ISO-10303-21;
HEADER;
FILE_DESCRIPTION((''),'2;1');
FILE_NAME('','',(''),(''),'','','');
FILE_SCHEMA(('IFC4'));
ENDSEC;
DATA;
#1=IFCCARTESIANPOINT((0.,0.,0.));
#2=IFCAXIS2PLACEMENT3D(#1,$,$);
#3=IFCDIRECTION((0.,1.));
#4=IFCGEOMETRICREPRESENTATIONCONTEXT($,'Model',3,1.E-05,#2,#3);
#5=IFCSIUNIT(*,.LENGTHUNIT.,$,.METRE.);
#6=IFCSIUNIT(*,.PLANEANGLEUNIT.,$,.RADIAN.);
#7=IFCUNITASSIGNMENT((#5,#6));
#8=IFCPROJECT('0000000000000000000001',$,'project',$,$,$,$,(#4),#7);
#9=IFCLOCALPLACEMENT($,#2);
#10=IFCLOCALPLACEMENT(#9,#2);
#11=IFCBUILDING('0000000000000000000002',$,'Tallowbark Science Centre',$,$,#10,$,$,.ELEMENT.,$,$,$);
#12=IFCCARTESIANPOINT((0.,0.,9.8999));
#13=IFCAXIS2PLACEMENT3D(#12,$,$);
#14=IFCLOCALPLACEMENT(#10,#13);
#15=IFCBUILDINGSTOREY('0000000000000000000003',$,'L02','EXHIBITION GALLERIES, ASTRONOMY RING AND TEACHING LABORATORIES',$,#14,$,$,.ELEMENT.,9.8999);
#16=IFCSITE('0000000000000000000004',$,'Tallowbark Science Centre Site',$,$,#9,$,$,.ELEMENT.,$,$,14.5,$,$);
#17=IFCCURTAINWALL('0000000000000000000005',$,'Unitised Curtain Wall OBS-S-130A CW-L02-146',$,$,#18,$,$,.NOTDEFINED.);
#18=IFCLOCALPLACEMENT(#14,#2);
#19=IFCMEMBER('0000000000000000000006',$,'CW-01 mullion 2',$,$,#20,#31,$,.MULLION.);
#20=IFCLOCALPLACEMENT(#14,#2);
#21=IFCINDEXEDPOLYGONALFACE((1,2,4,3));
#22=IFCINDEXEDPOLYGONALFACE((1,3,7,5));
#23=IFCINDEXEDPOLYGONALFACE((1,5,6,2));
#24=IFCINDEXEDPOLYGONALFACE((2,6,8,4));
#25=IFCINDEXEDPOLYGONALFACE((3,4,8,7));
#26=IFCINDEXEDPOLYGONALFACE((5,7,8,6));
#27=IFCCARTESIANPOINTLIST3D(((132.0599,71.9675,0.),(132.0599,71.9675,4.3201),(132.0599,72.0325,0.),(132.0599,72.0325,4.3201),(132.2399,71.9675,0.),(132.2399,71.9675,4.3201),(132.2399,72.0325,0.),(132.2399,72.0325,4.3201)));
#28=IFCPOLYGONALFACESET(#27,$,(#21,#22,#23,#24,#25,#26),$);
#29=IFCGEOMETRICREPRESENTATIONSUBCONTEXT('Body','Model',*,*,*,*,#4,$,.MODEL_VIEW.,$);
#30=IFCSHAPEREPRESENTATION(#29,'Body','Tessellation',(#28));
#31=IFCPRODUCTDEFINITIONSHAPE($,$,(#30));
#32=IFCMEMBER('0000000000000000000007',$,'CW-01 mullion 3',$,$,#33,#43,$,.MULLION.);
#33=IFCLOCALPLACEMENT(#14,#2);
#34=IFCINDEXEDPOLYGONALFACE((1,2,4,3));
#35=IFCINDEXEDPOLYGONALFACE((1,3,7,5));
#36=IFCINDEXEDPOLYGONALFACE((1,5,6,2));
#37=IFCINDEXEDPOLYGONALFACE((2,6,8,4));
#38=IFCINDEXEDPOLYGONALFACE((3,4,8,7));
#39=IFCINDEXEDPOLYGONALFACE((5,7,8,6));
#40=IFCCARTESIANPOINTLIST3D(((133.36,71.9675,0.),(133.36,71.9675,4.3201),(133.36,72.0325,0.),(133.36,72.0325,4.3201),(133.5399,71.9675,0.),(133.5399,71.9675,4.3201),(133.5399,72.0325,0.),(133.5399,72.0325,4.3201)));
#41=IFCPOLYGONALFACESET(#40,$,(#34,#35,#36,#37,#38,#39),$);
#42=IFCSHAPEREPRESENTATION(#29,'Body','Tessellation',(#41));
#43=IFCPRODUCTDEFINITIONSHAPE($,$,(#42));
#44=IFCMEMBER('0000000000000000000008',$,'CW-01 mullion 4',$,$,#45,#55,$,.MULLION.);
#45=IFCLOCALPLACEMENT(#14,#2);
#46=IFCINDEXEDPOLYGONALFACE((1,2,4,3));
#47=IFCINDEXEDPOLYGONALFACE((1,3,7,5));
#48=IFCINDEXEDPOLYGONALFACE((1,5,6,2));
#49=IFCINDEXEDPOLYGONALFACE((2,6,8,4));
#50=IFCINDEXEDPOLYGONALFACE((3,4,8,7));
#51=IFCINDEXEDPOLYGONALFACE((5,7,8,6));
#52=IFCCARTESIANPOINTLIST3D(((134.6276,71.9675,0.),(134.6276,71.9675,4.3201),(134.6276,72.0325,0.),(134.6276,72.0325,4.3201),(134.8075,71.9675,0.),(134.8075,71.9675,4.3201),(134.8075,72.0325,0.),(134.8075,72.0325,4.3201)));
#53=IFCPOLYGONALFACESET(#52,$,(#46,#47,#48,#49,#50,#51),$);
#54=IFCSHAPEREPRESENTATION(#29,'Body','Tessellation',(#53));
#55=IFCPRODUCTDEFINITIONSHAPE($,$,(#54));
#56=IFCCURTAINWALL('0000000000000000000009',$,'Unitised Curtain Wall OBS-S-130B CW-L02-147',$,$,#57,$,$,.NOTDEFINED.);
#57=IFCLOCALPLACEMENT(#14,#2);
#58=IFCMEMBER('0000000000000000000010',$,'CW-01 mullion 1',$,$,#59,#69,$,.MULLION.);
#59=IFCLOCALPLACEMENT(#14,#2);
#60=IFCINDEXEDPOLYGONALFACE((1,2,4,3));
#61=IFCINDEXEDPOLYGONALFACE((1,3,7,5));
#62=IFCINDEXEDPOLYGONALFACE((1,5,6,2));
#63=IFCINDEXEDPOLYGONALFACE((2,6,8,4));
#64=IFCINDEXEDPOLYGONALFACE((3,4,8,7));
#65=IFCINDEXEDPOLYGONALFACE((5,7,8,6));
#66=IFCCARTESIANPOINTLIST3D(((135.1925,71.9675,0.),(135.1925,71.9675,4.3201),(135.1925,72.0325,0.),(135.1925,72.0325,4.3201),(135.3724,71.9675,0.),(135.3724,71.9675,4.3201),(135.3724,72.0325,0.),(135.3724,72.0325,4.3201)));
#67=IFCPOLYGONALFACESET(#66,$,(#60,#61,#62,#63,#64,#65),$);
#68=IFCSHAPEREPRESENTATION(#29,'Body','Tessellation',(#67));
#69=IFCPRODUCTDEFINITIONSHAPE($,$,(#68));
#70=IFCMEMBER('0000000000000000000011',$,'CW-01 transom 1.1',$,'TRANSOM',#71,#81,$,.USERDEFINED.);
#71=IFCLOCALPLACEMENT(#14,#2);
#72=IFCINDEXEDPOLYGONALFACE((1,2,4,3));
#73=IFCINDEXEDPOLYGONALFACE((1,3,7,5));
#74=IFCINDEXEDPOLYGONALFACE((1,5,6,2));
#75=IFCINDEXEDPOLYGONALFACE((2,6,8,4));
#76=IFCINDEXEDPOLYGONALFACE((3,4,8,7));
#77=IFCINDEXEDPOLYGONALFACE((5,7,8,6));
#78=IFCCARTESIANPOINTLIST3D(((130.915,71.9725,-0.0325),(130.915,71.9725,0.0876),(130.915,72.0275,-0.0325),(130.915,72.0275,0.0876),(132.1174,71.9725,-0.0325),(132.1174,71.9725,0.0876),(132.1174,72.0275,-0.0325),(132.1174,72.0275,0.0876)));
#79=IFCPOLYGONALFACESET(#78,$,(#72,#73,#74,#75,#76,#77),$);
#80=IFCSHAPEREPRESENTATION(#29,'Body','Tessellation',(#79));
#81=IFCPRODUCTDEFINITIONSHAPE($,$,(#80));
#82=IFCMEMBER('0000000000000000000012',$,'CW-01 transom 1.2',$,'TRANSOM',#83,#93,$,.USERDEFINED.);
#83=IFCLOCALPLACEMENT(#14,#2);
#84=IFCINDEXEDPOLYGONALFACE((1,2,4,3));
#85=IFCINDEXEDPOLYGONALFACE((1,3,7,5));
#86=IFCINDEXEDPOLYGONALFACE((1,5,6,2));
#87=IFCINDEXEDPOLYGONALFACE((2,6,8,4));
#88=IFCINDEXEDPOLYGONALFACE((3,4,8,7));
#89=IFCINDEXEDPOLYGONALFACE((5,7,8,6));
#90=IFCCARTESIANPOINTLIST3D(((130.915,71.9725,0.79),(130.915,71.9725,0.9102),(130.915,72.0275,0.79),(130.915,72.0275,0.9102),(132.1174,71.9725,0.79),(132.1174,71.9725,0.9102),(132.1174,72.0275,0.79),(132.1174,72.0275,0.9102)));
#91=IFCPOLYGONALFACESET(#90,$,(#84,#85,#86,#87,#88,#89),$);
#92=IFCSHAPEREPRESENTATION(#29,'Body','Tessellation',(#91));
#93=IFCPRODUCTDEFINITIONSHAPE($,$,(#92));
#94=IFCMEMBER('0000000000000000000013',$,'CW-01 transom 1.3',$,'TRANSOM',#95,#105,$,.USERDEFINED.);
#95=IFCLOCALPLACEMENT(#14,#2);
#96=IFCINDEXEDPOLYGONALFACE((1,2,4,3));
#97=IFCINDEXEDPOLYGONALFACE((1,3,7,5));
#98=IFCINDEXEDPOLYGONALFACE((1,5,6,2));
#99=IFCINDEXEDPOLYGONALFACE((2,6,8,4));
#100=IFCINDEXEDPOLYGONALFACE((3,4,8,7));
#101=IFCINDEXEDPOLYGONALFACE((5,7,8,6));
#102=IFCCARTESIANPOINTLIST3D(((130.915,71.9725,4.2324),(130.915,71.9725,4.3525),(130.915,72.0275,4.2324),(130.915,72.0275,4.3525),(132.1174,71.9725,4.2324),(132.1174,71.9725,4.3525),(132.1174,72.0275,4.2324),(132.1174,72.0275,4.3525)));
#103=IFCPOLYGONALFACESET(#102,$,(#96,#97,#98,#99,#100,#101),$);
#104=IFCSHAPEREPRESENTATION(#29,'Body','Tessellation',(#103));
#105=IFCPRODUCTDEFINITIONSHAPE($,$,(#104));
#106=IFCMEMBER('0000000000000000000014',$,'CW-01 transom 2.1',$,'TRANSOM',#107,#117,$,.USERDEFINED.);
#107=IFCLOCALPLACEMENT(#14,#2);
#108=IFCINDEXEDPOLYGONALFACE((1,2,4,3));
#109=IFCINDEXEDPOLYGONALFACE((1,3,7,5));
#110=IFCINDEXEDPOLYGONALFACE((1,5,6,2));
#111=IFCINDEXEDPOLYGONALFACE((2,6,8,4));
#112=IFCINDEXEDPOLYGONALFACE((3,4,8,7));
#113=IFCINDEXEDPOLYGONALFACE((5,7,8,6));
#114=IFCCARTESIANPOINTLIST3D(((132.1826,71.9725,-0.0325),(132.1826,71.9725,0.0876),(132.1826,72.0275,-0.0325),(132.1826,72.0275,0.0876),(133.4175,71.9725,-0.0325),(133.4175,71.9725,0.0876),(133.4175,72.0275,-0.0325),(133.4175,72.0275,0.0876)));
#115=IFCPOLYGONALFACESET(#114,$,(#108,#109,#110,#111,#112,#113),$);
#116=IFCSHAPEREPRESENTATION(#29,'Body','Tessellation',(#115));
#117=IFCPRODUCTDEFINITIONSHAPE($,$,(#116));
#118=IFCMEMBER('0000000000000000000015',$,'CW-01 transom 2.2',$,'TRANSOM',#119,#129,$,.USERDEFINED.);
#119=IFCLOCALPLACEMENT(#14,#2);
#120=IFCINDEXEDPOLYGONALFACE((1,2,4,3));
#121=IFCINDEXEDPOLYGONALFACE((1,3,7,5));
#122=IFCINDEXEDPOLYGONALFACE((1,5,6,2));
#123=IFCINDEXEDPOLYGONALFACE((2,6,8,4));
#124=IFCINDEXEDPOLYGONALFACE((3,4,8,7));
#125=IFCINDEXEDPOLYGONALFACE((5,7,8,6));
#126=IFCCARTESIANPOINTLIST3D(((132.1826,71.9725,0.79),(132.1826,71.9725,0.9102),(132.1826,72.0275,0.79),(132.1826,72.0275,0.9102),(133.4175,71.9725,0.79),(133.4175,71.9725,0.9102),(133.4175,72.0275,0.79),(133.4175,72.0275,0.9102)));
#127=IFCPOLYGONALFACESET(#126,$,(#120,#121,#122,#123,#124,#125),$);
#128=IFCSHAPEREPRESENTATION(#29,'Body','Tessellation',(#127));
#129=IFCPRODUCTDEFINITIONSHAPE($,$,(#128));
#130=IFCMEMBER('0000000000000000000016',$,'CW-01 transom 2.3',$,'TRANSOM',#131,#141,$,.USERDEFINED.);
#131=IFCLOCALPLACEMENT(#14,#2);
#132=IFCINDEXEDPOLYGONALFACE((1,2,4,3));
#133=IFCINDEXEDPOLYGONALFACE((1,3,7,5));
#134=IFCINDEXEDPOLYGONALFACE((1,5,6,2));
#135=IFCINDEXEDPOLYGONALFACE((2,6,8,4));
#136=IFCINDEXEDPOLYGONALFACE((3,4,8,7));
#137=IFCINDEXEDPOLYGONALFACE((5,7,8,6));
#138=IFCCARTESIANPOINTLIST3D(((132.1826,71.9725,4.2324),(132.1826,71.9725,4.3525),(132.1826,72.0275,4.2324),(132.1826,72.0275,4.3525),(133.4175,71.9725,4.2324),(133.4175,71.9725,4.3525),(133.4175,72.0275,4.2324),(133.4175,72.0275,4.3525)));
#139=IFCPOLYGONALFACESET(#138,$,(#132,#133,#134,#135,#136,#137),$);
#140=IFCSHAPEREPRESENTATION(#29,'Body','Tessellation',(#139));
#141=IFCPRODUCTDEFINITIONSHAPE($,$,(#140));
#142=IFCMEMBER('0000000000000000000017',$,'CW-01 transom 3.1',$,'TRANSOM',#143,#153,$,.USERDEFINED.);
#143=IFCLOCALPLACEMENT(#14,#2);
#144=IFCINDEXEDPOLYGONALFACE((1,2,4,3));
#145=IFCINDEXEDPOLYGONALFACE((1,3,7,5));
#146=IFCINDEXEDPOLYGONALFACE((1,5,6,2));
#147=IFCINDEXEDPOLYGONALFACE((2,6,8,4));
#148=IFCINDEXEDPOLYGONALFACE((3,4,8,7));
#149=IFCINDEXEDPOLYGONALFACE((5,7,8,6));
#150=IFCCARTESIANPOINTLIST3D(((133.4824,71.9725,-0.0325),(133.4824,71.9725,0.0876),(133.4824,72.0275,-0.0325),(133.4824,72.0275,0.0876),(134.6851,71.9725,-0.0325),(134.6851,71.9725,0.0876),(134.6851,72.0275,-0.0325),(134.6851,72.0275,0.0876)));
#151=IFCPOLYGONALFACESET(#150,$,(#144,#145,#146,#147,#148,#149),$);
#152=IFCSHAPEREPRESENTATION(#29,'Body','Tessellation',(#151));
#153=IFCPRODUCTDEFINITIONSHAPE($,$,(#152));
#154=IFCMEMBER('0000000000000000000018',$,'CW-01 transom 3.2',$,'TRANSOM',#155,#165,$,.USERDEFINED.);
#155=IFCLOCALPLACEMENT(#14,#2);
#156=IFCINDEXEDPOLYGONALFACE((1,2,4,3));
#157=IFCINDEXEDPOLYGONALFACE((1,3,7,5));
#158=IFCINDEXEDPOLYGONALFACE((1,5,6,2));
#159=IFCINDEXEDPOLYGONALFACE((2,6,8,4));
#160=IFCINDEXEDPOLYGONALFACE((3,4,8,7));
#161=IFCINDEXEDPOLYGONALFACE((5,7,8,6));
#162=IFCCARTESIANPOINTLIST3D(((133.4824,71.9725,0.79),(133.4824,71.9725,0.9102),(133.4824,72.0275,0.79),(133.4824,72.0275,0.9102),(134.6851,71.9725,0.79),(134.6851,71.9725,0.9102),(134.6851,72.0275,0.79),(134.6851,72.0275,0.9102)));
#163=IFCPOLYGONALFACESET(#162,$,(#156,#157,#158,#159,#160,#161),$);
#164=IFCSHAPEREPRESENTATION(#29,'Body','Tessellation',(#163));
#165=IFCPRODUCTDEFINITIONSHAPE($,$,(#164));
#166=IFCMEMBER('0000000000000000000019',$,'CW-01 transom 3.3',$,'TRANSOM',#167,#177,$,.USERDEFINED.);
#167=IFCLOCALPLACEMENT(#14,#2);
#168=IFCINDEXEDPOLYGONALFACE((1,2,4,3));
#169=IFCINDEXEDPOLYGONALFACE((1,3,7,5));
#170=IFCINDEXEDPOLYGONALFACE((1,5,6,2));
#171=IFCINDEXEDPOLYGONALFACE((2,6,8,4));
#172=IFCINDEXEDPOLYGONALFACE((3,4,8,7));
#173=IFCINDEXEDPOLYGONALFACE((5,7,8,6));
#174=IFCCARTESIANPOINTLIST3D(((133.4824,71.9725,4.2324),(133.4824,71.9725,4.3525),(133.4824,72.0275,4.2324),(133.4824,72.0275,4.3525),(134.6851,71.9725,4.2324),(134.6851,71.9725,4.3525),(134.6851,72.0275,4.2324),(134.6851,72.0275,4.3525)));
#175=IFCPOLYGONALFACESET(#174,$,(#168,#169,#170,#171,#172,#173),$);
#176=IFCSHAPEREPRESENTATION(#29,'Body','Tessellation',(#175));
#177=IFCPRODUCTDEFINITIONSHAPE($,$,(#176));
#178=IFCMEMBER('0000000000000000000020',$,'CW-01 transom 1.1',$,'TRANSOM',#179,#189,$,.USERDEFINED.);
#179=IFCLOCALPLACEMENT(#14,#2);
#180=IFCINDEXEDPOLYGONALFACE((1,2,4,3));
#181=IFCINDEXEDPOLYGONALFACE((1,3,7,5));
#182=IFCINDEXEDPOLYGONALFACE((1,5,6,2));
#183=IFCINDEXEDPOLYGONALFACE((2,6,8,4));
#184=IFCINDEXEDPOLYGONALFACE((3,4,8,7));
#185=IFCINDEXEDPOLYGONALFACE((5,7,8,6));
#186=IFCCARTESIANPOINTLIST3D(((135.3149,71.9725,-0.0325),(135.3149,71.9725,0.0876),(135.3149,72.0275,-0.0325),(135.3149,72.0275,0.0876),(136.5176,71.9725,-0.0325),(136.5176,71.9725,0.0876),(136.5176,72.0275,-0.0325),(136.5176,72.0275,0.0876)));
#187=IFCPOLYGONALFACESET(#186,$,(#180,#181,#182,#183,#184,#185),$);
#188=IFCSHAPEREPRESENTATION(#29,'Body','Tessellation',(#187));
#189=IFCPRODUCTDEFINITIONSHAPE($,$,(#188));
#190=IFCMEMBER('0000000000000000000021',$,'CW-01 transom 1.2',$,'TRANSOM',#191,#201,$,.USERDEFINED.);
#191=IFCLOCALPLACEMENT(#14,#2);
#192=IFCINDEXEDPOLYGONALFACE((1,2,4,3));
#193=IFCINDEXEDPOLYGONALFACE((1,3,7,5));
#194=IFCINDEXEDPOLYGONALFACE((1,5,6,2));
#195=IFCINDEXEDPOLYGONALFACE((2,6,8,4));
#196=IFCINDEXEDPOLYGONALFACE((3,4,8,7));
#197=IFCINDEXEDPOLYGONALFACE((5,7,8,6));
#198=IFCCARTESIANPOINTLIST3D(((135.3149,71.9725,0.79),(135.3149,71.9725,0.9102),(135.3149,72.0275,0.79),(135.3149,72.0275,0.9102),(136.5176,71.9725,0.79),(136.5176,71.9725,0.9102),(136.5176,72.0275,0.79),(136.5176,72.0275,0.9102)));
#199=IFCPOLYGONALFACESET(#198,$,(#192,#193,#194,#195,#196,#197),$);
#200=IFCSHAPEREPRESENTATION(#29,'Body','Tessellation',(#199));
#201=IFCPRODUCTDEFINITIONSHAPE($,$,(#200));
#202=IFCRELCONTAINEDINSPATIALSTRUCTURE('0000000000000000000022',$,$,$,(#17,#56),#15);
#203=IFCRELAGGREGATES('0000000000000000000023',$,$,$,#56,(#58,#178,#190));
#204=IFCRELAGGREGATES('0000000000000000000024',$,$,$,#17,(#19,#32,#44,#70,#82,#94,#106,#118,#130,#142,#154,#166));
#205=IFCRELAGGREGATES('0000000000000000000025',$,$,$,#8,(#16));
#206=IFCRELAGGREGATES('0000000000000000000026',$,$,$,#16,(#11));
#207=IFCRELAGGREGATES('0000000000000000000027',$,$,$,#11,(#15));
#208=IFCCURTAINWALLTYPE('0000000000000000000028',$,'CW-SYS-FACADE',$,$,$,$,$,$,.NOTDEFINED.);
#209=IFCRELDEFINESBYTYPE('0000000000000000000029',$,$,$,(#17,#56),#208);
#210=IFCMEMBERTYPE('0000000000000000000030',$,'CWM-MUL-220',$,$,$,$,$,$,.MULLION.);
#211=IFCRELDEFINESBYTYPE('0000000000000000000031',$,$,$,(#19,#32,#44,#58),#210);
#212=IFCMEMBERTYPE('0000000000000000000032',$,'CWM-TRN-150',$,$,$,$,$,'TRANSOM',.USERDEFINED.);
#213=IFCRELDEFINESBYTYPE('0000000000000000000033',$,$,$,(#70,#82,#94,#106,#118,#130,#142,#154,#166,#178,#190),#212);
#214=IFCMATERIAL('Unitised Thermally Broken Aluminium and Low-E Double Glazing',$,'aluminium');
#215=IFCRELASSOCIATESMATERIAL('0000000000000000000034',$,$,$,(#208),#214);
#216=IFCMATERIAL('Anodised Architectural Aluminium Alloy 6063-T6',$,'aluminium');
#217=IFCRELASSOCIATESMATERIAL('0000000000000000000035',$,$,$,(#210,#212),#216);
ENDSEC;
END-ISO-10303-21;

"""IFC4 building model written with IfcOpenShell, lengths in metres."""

from ifc_helpers import new_model, si_unit, direction, frame, origin, origin_2d, place, context, subcontext, project, spatial, rectangle, extrude, material, material_profile, profile_set, type_object, element, aggregate, save


model = new_model("IFC4")

# Units and contexts
model_context = context("Model", 3, precision=1e-05, world=origin(), true_north=direction((0.0, 1.0)))
body_context = subcontext(model_context, "Body", "Model", "MODEL_VIEW")
ifc_project = project(units=[si_unit("LENGTHUNIT", "METRE"), si_unit("PLANEANGLEUNIT", "RADIAN")], contexts=[model_context])

# Site, building, storey
site_placement = place(None, origin())
site = spatial("IfcSite", under=ifc_project, at=site_placement, Name="Tallowbark Science Centre Site", CompositionType="ELEMENT", RefElevation=14.5)
building_placement = place(site_placement, origin())
building = spatial("IfcBuilding", under=site, at=building_placement, Name="Tallowbark Science Centre", CompositionType="ELEMENT")
storey_placement = place(building_placement, frame((0.0, 0.0, 9.8999)))
storey = spatial("IfcBuildingStorey", under=building, at=storey_placement, Name="L02", Description="EXHIBITION GALLERIES, ASTRONOMY RING AND TEACHING LABORATORIES", CompositionType="ELEMENT", Elevation=9.8999)

# Curtain wall, members
ifc_material_1 = material(Name="Unitised Thermally Broken Aluminium and Low-E Double Glazing", Category="aluminium")
curtain_wall_type = type_object("IfcCurtainWallType", Name="CW-SYS-FACADE", PredefinedType="NOTDEFINED", material=ifc_material_1)
curtain_wall_1_placement = place(storey_placement, origin())
curtain_wall_1 = element("IfcCurtainWall", 1, at=curtain_wall_1_placement, inside=storey, type_object=curtain_wall_type, Name="Unitised Curtain Wall OBS-S-130A CW-L02-146", PredefinedType="NOTDEFINED")
ifc_material_2 = material(Name="Anodised Architectural Aluminium Alloy 6063-T6", Category="aluminium")
ifc_material_profile_1 = material_profile(ifc_material_2, rectangle(XDim=0.0649, YDim=0.1799, at=origin_2d()), Name="ALU65x180")
ifc_profile_set_1 = profile_set([ifc_material_profile_1], Name="Anodised Architectural Aluminium Alloy 6063-T6")
member_type_1 = type_object("IfcMemberType", Name="CWM-MUL-220", PredefinedType="MULLION", material=ifc_profile_set_1)
member_1_placement = place(storey_placement, frame((132.1499, 72.0, 0.0), z_axis=(0.0, 0.0, 1.0), x_axis=(0.0, 1.0, 0.0)))
member_1 = element("IfcMember", 2, at=member_1_placement, type_object=member_type_1, Name="CW-01 mullion 2", PredefinedType="MULLION", context=body_context, shape_type="SweptSolid", body=[
    extrude(rectangle(XDim=0.0649, YDim=0.1799, at=origin_2d()), origin(), (0.0, 0.0, 1.0), 4.3201),
])
member_2_placement = place(storey_placement, frame((133.45, 72.0, 0.0), z_axis=(0.0, 0.0, 1.0), x_axis=(0.0, 1.0, 0.0)))
member_2 = element("IfcMember", 3, at=member_2_placement, type_object=member_type_1, Name="CW-01 mullion 3", PredefinedType="MULLION", context=body_context, shape_type="SweptSolid", body=[
    extrude(rectangle(XDim=0.0649, YDim=0.1799, at=origin_2d()), origin(), (0.0, 0.0, 1.0), 4.3201),
])
member_3_placement = place(storey_placement, frame((134.7175, 72.0, 0.0), z_axis=(0.0, 0.0, 1.0), x_axis=(0.0, 1.0, 0.0)))
member_3 = element("IfcMember", 4, at=member_3_placement, type_object=member_type_1, Name="CW-01 mullion 4", PredefinedType="MULLION", context=body_context, shape_type="SweptSolid", body=[
    extrude(rectangle(XDim=0.0649, YDim=0.1799, at=origin_2d()), origin(), (0.0, 0.0, 1.0), 4.3201),
])

# Curtain wall, member
curtain_wall_2_placement = place(storey_placement, origin())
curtain_wall_2 = element("IfcCurtainWall", 5, at=curtain_wall_2_placement, inside=storey, type_object=curtain_wall_type, Name="Unitised Curtain Wall OBS-S-130B CW-L02-147", PredefinedType="NOTDEFINED")
member_4_placement = place(storey_placement, frame((135.2825, 72.0, 0.0), z_axis=(0.0, 0.0, 1.0), x_axis=(0.0, 1.0, 0.0)))
member_4 = element("IfcMember", 6, at=member_4_placement, type_object=member_type_1, Name="CW-01 mullion 1", PredefinedType="MULLION", context=body_context, shape_type="SweptSolid", body=[
    extrude(rectangle(XDim=0.0649, YDim=0.1799, at=origin_2d()), origin(), (0.0, 0.0, 1.0), 4.3201),
])

# Members
ifc_material_profile_2 = material_profile(ifc_material_2, rectangle(XDim=0.0549, YDim=0.1201, at=origin_2d()), Name="ALU55x120")
ifc_profile_set_2 = profile_set([ifc_material_profile_2], Name="Anodised Architectural Aluminium Alloy 6063-T6")
member_type_2 = type_object("IfcMemberType", Name="CWM-TRN-150", ElementType="TRANSOM", PredefinedType="USERDEFINED", material=ifc_profile_set_2)
member_5_placement = place(storey_placement, frame((130.915, 72.0, 0.0276), z_axis=(1.0, 0.0, 0.0), x_axis=(0.0, 1.0, 0.0)))
member_5 = element("IfcMember", 7, at=member_5_placement, type_object=member_type_2, Name="CW-01 transom 1.1", ObjectType="TRANSOM", PredefinedType="USERDEFINED", context=body_context, shape_type="SweptSolid", body=[
    extrude(rectangle(XDim=0.0549, YDim=0.1201, at=origin_2d()), origin(), (0.0, 0.0, 1.0), 1.2024),
])
member_6_placement = place(storey_placement, frame((130.915, 72.0, 0.8501), z_axis=(1.0, 0.0, 0.0), x_axis=(0.0, 1.0, 0.0)))
member_6 = element("IfcMember", 8, at=member_6_placement, type_object=member_type_2, Name="CW-01 transom 1.2", ObjectType="TRANSOM", PredefinedType="USERDEFINED", context=body_context, shape_type="SweptSolid", body=[
    extrude(rectangle(XDim=0.0549, YDim=0.1201, at=origin_2d()), origin(), (0.0, 0.0, 1.0), 1.2024),
])
member_7_placement = place(storey_placement, frame((130.915, 72.0, 4.2925), z_axis=(1.0, 0.0, 0.0), x_axis=(0.0, 1.0, 0.0)))
member_7 = element("IfcMember", 9, at=member_7_placement, type_object=member_type_2, Name="CW-01 transom 1.3", ObjectType="TRANSOM", PredefinedType="USERDEFINED", context=body_context, shape_type="SweptSolid", body=[
    extrude(rectangle(XDim=0.0549, YDim=0.1201, at=origin_2d()), origin(), (0.0, 0.0, 1.0), 1.2024),
])
member_8_placement = place(storey_placement, frame((132.1826, 72.0, 0.0276), z_axis=(1.0, 0.0, 0.0), x_axis=(0.0, 1.0, 0.0)))
member_8 = element("IfcMember", 10, at=member_8_placement, type_object=member_type_2, Name="CW-01 transom 2.1", ObjectType="TRANSOM", PredefinedType="USERDEFINED", context=body_context, shape_type="SweptSolid", body=[
    extrude(rectangle(XDim=0.0549, YDim=0.1201, at=origin_2d()), origin(), (0.0, 0.0, 1.0), 1.2349),
])
member_9_placement = place(storey_placement, frame((132.1826, 72.0, 0.8501), z_axis=(1.0, 0.0, 0.0), x_axis=(0.0, 1.0, 0.0)))
member_9 = element("IfcMember", 11, at=member_9_placement, type_object=member_type_2, Name="CW-01 transom 2.2", ObjectType="TRANSOM", PredefinedType="USERDEFINED", context=body_context, shape_type="SweptSolid", body=[
    extrude(rectangle(XDim=0.0549, YDim=0.1201, at=origin_2d()), origin(), (0.0, 0.0, 1.0), 1.2349),
])
member_10_placement = place(storey_placement, frame((132.1826, 72.0, 4.2925), z_axis=(1.0, 0.0, 0.0), x_axis=(0.0, 1.0, 0.0)))
member_10 = element("IfcMember", 12, at=member_10_placement, type_object=member_type_2, Name="CW-01 transom 2.3", ObjectType="TRANSOM", PredefinedType="USERDEFINED", context=body_context, shape_type="SweptSolid", body=[
    extrude(rectangle(XDim=0.0549, YDim=0.1201, at=origin_2d()), origin(), (0.0, 0.0, 1.0), 1.2349),
])
member_11_placement = place(storey_placement, frame((133.4824, 72.0, 0.0276), z_axis=(1.0, 0.0, 0.0), x_axis=(0.0, 1.0, 0.0)))
member_11 = element("IfcMember", 13, at=member_11_placement, type_object=member_type_2, Name="CW-01 transom 3.1", ObjectType="TRANSOM", PredefinedType="USERDEFINED", context=body_context, shape_type="SweptSolid", body=[
    extrude(rectangle(XDim=0.0549, YDim=0.1201, at=origin_2d()), origin(), (0.0, 0.0, 1.0), 1.2026),
])
member_12_placement = place(storey_placement, frame((133.4824, 72.0, 0.8501), z_axis=(1.0, 0.0, 0.0), x_axis=(0.0, 1.0, 0.0)))
member_12 = element("IfcMember", 14, at=member_12_placement, type_object=member_type_2, Name="CW-01 transom 3.2", ObjectType="TRANSOM", PredefinedType="USERDEFINED", context=body_context, shape_type="SweptSolid", body=[
    extrude(rectangle(XDim=0.0549, YDim=0.1201, at=origin_2d()), origin(), (0.0, 0.0, 1.0), 1.2026),
])
member_13_placement = place(storey_placement, frame((133.4824, 72.0, 4.2925), z_axis=(1.0, 0.0, 0.0), x_axis=(0.0, 1.0, 0.0)))
member_13 = element("IfcMember", 15, at=member_13_placement, type_object=member_type_2, Name="CW-01 transom 3.3", ObjectType="TRANSOM", PredefinedType="USERDEFINED", context=body_context, shape_type="SweptSolid", body=[
    extrude(rectangle(XDim=0.0549, YDim=0.1201, at=origin_2d()), origin(), (0.0, 0.0, 1.0), 1.2026),
])
member_14_placement = place(storey_placement, frame((135.3149, 72.0, 0.0276), z_axis=(1.0, 0.0, 0.0), x_axis=(0.0, 1.0, 0.0)))
member_14 = element("IfcMember", 16, at=member_14_placement, type_object=member_type_2, Name="CW-01 transom 1.1", ObjectType="TRANSOM", PredefinedType="USERDEFINED", context=body_context, shape_type="SweptSolid", body=[
    extrude(rectangle(XDim=0.0549, YDim=0.1201, at=origin_2d()), origin(), (0.0, 0.0, 1.0), 1.2026),
])
member_15_placement = place(storey_placement, frame((135.3149, 72.0, 0.8501), z_axis=(1.0, 0.0, 0.0), x_axis=(0.0, 1.0, 0.0)))
member_15 = element("IfcMember", 17, at=member_15_placement, type_object=member_type_2, Name="CW-01 transom 1.2", ObjectType="TRANSOM", PredefinedType="USERDEFINED", context=body_context, shape_type="SweptSolid", body=[
    extrude(rectangle(XDim=0.0549, YDim=0.1201, at=origin_2d()), origin(), (0.0, 0.0, 1.0), 1.2026),
])
aggregate(curtain_wall_2, [member_4, member_14, member_15])

aggregate(curtain_wall_1, [member_1, member_2, member_3, member_5, member_6, member_7, member_8, member_9, member_10, member_11, member_12, member_13])

save(model, "model.ifc")
